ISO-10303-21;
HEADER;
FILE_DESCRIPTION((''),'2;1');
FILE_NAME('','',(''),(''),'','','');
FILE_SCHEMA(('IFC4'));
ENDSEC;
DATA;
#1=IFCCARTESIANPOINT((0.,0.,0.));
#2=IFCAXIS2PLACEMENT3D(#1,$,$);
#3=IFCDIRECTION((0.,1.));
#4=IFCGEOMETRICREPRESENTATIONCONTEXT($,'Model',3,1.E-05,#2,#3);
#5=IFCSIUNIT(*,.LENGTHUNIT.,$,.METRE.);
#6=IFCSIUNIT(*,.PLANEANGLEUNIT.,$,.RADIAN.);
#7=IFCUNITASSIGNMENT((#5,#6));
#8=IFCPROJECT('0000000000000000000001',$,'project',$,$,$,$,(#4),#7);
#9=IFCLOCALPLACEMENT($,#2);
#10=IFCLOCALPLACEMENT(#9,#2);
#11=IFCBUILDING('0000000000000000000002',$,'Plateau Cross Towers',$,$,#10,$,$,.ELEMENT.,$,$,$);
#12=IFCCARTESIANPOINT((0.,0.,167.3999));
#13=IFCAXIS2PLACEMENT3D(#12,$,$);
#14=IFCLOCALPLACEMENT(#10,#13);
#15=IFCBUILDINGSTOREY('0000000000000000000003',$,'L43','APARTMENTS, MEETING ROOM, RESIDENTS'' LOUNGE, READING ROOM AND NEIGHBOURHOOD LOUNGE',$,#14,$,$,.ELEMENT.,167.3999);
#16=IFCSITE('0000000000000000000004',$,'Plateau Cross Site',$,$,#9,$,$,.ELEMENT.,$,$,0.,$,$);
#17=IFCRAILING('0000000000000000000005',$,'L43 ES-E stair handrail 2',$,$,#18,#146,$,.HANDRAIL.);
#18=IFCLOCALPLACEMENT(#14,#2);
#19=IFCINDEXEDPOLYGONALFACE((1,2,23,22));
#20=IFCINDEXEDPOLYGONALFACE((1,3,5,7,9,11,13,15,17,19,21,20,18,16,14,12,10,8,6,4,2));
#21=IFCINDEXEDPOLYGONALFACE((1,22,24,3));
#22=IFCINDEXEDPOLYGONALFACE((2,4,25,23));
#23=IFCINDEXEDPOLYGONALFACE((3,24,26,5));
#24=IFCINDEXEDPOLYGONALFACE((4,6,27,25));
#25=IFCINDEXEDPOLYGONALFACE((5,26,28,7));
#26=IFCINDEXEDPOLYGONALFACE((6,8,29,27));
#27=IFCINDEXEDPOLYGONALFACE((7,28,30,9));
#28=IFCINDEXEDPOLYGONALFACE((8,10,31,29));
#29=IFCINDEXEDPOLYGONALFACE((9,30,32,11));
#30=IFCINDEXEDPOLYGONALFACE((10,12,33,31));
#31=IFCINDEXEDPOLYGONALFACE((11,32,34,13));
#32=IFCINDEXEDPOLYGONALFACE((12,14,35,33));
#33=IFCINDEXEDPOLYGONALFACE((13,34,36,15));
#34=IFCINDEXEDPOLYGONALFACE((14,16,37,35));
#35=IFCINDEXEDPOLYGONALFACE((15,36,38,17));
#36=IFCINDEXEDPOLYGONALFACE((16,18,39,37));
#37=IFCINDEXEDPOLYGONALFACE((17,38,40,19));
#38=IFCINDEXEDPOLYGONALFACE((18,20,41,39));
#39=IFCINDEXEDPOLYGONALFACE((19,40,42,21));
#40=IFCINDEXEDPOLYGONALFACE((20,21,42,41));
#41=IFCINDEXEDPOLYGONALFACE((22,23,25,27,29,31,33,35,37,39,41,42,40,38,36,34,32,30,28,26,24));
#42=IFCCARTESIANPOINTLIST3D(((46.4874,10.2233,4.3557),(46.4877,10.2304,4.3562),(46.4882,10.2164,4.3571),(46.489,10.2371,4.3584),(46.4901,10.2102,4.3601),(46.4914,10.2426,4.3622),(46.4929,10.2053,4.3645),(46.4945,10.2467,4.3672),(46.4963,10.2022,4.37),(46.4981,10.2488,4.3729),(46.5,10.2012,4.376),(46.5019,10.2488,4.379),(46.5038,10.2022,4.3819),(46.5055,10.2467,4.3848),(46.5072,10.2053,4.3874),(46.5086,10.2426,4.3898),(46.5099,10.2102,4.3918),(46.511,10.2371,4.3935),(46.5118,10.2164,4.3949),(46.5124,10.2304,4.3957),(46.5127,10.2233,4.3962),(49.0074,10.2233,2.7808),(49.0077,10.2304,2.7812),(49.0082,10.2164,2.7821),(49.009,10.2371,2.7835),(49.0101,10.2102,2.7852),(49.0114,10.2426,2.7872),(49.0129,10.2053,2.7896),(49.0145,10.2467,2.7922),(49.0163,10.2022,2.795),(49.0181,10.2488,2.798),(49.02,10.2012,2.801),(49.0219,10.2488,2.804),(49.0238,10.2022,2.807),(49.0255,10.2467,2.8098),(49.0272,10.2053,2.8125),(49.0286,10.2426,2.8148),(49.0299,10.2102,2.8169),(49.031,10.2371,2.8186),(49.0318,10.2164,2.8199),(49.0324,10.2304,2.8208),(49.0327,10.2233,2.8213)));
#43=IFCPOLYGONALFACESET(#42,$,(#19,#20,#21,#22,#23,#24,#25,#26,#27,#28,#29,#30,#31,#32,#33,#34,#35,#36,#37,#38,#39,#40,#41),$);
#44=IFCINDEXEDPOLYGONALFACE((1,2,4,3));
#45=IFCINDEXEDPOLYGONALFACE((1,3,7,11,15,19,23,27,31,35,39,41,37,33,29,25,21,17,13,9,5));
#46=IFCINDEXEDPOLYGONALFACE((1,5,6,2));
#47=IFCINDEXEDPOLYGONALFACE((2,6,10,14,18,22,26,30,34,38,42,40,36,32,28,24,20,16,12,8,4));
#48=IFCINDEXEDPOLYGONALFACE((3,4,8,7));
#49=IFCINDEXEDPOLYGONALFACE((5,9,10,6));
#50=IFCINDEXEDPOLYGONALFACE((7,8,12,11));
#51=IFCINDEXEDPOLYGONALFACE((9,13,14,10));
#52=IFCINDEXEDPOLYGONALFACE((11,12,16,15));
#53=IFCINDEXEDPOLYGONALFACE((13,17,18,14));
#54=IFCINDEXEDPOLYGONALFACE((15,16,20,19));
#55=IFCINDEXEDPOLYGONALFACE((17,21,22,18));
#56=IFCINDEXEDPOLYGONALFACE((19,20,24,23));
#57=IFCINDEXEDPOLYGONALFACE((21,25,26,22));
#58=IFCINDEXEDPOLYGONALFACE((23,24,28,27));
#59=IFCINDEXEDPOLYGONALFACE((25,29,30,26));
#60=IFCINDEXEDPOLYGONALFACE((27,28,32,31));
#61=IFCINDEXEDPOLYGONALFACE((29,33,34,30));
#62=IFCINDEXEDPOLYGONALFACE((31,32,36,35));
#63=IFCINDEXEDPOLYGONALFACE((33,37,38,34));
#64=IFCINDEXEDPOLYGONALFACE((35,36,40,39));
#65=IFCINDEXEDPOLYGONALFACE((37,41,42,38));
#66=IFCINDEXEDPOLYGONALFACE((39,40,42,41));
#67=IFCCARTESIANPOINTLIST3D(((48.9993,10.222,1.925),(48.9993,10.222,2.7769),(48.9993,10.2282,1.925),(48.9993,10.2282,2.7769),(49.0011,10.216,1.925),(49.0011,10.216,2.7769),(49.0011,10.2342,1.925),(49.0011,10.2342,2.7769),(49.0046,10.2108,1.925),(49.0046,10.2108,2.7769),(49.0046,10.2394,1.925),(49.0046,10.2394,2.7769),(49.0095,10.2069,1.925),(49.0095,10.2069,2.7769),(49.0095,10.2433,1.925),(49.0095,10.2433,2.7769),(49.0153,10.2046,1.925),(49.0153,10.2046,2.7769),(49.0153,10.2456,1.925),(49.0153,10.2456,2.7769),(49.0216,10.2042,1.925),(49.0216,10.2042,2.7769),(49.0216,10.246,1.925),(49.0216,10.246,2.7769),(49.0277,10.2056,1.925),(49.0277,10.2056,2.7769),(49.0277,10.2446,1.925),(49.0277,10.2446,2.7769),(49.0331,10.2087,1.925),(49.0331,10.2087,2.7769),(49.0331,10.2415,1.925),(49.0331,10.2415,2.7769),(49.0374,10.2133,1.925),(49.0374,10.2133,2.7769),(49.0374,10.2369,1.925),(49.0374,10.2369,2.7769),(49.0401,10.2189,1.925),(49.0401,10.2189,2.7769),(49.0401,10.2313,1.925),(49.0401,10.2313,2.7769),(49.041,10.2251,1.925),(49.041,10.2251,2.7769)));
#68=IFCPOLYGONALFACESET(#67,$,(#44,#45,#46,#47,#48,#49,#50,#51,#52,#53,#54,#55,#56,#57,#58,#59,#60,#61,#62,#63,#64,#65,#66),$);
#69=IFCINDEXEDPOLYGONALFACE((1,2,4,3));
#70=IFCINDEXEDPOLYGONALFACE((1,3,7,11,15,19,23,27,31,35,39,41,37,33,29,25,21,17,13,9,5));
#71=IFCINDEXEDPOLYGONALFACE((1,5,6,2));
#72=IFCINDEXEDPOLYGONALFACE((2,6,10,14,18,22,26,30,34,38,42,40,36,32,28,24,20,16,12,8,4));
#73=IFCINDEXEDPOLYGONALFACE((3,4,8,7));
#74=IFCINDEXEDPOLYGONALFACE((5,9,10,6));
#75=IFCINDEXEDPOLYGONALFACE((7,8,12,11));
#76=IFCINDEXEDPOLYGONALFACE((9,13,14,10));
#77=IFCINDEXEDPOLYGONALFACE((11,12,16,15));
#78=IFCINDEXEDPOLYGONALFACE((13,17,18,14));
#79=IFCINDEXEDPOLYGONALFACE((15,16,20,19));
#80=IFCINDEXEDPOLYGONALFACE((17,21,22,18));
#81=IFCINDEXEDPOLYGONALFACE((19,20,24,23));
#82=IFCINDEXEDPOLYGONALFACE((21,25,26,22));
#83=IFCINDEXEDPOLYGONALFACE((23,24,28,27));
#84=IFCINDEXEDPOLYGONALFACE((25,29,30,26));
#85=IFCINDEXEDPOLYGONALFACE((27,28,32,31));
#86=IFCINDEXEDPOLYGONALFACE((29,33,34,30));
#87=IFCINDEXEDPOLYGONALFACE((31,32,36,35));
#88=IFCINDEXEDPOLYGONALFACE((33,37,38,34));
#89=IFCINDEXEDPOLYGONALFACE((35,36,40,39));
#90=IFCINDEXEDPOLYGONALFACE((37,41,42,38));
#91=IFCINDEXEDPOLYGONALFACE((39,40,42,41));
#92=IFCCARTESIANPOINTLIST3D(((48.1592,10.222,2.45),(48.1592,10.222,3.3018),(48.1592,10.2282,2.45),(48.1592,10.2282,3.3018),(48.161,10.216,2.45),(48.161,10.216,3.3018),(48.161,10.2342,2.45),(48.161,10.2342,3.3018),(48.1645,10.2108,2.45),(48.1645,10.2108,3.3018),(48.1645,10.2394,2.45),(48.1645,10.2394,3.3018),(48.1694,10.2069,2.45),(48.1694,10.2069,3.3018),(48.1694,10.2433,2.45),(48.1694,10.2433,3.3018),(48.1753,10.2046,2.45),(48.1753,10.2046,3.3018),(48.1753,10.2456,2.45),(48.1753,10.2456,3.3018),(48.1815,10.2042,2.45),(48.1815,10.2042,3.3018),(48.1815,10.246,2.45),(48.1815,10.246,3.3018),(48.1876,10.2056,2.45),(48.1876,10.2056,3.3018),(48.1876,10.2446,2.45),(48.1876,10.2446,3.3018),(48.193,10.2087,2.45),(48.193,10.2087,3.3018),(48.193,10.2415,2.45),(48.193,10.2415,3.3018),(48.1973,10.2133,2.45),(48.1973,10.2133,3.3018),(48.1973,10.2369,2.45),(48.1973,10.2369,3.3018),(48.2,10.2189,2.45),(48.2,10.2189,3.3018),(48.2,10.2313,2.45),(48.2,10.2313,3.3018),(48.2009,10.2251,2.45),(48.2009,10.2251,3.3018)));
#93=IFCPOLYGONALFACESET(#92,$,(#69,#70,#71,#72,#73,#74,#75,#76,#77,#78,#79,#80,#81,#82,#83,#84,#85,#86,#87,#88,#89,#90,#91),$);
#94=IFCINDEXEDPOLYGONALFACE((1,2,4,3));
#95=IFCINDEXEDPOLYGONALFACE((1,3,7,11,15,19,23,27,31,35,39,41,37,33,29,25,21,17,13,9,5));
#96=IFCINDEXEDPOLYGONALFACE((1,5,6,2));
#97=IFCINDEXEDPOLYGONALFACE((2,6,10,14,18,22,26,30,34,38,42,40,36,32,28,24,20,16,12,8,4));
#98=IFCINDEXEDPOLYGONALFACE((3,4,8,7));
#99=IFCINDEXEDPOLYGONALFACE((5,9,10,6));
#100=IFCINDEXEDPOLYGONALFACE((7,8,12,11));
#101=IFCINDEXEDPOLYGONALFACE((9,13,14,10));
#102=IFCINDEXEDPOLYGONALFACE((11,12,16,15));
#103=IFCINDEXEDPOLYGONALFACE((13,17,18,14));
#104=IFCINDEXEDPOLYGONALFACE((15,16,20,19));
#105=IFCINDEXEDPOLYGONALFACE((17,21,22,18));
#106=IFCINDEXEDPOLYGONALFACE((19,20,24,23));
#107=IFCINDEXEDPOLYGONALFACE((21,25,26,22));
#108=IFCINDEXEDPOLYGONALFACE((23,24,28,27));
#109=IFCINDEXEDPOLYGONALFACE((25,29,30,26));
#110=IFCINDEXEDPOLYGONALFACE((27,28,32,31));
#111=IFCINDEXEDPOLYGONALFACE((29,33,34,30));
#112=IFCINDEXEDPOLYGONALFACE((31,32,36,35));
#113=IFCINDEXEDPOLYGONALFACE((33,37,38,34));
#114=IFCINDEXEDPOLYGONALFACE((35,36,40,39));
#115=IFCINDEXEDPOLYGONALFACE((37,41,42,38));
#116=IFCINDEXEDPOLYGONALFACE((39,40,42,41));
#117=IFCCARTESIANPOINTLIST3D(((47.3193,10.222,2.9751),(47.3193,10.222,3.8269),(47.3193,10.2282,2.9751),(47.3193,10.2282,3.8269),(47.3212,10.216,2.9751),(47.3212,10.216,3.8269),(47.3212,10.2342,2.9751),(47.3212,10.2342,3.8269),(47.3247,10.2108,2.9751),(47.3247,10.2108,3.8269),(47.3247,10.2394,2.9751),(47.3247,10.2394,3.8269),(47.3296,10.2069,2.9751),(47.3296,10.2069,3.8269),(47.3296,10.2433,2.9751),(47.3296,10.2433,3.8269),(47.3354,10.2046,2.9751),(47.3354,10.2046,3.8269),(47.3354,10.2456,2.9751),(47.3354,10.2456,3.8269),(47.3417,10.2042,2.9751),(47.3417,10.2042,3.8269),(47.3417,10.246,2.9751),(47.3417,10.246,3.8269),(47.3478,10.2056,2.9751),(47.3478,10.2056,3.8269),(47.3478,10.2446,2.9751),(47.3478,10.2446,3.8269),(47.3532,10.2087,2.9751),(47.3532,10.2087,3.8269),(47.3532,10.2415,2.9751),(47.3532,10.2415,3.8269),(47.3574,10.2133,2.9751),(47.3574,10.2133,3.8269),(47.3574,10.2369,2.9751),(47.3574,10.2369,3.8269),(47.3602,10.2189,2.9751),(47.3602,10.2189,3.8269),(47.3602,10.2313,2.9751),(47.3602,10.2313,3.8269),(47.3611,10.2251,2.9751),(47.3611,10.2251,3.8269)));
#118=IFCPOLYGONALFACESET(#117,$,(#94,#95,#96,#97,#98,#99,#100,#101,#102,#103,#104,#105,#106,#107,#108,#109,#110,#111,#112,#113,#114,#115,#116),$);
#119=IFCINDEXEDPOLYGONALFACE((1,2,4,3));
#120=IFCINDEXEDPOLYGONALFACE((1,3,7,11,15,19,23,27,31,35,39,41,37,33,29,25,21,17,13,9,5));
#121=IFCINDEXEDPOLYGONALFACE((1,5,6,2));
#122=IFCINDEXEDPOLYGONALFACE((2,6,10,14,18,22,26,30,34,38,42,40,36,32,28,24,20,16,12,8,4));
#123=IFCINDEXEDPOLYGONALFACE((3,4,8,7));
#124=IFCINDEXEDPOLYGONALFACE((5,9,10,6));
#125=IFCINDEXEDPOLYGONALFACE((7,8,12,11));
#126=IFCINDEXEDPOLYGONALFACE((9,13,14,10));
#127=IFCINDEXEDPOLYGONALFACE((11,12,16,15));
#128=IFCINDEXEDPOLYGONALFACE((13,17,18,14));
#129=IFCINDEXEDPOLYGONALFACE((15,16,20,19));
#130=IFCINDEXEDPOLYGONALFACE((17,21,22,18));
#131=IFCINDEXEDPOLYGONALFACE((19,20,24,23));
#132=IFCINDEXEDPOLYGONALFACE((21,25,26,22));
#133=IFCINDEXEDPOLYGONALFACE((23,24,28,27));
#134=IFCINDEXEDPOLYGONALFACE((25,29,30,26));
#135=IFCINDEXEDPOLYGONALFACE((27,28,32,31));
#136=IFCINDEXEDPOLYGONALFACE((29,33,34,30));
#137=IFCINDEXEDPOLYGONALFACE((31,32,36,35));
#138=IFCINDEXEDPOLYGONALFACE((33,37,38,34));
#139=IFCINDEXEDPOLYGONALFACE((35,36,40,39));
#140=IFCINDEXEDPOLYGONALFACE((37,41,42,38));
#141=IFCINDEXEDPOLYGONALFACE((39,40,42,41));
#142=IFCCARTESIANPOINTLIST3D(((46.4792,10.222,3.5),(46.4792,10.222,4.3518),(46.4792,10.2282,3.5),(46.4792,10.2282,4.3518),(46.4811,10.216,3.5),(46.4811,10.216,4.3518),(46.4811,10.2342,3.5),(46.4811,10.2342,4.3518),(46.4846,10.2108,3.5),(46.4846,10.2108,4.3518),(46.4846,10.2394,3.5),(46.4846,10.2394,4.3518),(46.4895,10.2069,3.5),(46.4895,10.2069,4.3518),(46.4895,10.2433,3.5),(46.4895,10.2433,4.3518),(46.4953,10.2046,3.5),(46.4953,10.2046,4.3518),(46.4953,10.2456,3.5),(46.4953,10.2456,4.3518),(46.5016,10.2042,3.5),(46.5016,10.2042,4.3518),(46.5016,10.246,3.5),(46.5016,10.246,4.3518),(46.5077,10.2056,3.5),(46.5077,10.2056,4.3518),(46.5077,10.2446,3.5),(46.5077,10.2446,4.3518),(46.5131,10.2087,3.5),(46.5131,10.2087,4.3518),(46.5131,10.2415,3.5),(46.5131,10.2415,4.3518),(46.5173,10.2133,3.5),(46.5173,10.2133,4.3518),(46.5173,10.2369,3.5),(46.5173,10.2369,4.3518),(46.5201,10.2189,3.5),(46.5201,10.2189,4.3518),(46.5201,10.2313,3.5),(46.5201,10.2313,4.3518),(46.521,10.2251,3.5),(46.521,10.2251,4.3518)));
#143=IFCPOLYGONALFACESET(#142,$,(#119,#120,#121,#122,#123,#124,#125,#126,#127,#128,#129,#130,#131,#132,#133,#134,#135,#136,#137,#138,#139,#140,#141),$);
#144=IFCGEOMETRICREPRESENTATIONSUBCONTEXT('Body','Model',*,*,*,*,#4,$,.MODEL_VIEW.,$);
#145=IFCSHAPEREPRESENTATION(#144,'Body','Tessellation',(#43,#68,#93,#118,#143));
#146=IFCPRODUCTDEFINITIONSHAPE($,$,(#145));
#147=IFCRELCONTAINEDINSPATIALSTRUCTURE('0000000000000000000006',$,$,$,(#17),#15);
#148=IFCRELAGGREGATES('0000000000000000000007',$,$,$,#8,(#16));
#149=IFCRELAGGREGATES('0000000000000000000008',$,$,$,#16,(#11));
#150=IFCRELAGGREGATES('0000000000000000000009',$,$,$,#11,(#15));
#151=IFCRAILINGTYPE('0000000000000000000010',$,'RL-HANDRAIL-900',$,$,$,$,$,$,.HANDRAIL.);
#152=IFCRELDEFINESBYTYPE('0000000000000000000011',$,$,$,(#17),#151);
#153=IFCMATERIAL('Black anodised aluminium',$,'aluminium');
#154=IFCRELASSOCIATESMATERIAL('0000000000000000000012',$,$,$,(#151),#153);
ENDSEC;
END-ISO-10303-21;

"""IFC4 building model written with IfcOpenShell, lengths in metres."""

from ifc_helpers import new_model, si_unit, direction, frame, origin, origin_2d, place, context, subcontext, project, spatial, circle, extrude, material, type_object, element, save


model = new_model("IFC4")

# Units and contexts
model_context = context("Model", 3, precision=1e-05, world=origin(), true_north=direction((0.0, 1.0)))
body_context = subcontext(model_context, "Body", "Model", "MODEL_VIEW")
ifc_project = project(units=[si_unit("LENGTHUNIT", "METRE"), si_unit("PLANEANGLEUNIT", "RADIAN")], contexts=[model_context])

# Site, building, storey
site_placement = place(None, origin())
site = spatial("IfcSite", under=ifc_project, at=site_placement, Name="Plateau Cross Site", CompositionType="ELEMENT", RefElevation=0.0)
building_placement = place(site_placement, origin())
building = spatial("IfcBuilding", under=site, at=building_placement, Name="Plateau Cross Towers", CompositionType="ELEMENT")
storey_placement = place(building_placement, frame((0.0, 0.0, 167.3999)))
storey = spatial("IfcBuildingStorey", under=building, at=storey_placement, Name="L43", Description="APARTMENTS, MEETING ROOM, RESIDENTS' LOUNGE, READING ROOM AND NEIGHBOURHOOD LOUNGE", CompositionType="ELEMENT", Elevation=167.3999)

# Shared definitions
ifc_material_1 = material(Name="Black anodised aluminium", Category="aluminium")

# Railing
railing_type_1 = type_object("IfcRailingType", Name="RL-HANDRAIL-900", PredefinedType="HANDRAIL", material=ifc_material_1)
railing_1_placement = place(storey_placement, frame((49.02, 10.2251, 1.925)))
element("IfcRailing", 1, at=railing_1_placement, inside=storey, type_object=railing_type_1, Name="L43 ES-E stair handrail 2", PredefinedType="HANDRAIL", context=body_context, shape_type="SweptSolid", body=[
    extrude(circle(Radius=0.0239, at=origin_2d()), frame((0.0, 0.0, 0.876), z_axis=(-0.848008, 0.0, 0.529984), x_axis=(0.0, -1.0, 0.0)), (0.0, 0.0, 1.0), 2.9717),
    extrude(circle(Radius=0.021, at=origin_2d()), origin(), (0.0, 0.0, 1.0), 0.8518),
    extrude(circle(Radius=0.021, at=origin_2d()), frame((-0.8401, 0.0, 0.5249)), (0.0, 0.0, 1.0), 0.8518),
    extrude(circle(Radius=0.021, at=origin_2d()), frame((-1.6799, 0.0, 1.05)), (0.0, 0.0, 1.0), 0.8518),
    extrude(circle(Radius=0.021, at=origin_2d()), frame((-2.52, 0.0, 1.575)), (0.0, 0.0, 1.0), 0.8518),
])

save(model, "model.ifc")
